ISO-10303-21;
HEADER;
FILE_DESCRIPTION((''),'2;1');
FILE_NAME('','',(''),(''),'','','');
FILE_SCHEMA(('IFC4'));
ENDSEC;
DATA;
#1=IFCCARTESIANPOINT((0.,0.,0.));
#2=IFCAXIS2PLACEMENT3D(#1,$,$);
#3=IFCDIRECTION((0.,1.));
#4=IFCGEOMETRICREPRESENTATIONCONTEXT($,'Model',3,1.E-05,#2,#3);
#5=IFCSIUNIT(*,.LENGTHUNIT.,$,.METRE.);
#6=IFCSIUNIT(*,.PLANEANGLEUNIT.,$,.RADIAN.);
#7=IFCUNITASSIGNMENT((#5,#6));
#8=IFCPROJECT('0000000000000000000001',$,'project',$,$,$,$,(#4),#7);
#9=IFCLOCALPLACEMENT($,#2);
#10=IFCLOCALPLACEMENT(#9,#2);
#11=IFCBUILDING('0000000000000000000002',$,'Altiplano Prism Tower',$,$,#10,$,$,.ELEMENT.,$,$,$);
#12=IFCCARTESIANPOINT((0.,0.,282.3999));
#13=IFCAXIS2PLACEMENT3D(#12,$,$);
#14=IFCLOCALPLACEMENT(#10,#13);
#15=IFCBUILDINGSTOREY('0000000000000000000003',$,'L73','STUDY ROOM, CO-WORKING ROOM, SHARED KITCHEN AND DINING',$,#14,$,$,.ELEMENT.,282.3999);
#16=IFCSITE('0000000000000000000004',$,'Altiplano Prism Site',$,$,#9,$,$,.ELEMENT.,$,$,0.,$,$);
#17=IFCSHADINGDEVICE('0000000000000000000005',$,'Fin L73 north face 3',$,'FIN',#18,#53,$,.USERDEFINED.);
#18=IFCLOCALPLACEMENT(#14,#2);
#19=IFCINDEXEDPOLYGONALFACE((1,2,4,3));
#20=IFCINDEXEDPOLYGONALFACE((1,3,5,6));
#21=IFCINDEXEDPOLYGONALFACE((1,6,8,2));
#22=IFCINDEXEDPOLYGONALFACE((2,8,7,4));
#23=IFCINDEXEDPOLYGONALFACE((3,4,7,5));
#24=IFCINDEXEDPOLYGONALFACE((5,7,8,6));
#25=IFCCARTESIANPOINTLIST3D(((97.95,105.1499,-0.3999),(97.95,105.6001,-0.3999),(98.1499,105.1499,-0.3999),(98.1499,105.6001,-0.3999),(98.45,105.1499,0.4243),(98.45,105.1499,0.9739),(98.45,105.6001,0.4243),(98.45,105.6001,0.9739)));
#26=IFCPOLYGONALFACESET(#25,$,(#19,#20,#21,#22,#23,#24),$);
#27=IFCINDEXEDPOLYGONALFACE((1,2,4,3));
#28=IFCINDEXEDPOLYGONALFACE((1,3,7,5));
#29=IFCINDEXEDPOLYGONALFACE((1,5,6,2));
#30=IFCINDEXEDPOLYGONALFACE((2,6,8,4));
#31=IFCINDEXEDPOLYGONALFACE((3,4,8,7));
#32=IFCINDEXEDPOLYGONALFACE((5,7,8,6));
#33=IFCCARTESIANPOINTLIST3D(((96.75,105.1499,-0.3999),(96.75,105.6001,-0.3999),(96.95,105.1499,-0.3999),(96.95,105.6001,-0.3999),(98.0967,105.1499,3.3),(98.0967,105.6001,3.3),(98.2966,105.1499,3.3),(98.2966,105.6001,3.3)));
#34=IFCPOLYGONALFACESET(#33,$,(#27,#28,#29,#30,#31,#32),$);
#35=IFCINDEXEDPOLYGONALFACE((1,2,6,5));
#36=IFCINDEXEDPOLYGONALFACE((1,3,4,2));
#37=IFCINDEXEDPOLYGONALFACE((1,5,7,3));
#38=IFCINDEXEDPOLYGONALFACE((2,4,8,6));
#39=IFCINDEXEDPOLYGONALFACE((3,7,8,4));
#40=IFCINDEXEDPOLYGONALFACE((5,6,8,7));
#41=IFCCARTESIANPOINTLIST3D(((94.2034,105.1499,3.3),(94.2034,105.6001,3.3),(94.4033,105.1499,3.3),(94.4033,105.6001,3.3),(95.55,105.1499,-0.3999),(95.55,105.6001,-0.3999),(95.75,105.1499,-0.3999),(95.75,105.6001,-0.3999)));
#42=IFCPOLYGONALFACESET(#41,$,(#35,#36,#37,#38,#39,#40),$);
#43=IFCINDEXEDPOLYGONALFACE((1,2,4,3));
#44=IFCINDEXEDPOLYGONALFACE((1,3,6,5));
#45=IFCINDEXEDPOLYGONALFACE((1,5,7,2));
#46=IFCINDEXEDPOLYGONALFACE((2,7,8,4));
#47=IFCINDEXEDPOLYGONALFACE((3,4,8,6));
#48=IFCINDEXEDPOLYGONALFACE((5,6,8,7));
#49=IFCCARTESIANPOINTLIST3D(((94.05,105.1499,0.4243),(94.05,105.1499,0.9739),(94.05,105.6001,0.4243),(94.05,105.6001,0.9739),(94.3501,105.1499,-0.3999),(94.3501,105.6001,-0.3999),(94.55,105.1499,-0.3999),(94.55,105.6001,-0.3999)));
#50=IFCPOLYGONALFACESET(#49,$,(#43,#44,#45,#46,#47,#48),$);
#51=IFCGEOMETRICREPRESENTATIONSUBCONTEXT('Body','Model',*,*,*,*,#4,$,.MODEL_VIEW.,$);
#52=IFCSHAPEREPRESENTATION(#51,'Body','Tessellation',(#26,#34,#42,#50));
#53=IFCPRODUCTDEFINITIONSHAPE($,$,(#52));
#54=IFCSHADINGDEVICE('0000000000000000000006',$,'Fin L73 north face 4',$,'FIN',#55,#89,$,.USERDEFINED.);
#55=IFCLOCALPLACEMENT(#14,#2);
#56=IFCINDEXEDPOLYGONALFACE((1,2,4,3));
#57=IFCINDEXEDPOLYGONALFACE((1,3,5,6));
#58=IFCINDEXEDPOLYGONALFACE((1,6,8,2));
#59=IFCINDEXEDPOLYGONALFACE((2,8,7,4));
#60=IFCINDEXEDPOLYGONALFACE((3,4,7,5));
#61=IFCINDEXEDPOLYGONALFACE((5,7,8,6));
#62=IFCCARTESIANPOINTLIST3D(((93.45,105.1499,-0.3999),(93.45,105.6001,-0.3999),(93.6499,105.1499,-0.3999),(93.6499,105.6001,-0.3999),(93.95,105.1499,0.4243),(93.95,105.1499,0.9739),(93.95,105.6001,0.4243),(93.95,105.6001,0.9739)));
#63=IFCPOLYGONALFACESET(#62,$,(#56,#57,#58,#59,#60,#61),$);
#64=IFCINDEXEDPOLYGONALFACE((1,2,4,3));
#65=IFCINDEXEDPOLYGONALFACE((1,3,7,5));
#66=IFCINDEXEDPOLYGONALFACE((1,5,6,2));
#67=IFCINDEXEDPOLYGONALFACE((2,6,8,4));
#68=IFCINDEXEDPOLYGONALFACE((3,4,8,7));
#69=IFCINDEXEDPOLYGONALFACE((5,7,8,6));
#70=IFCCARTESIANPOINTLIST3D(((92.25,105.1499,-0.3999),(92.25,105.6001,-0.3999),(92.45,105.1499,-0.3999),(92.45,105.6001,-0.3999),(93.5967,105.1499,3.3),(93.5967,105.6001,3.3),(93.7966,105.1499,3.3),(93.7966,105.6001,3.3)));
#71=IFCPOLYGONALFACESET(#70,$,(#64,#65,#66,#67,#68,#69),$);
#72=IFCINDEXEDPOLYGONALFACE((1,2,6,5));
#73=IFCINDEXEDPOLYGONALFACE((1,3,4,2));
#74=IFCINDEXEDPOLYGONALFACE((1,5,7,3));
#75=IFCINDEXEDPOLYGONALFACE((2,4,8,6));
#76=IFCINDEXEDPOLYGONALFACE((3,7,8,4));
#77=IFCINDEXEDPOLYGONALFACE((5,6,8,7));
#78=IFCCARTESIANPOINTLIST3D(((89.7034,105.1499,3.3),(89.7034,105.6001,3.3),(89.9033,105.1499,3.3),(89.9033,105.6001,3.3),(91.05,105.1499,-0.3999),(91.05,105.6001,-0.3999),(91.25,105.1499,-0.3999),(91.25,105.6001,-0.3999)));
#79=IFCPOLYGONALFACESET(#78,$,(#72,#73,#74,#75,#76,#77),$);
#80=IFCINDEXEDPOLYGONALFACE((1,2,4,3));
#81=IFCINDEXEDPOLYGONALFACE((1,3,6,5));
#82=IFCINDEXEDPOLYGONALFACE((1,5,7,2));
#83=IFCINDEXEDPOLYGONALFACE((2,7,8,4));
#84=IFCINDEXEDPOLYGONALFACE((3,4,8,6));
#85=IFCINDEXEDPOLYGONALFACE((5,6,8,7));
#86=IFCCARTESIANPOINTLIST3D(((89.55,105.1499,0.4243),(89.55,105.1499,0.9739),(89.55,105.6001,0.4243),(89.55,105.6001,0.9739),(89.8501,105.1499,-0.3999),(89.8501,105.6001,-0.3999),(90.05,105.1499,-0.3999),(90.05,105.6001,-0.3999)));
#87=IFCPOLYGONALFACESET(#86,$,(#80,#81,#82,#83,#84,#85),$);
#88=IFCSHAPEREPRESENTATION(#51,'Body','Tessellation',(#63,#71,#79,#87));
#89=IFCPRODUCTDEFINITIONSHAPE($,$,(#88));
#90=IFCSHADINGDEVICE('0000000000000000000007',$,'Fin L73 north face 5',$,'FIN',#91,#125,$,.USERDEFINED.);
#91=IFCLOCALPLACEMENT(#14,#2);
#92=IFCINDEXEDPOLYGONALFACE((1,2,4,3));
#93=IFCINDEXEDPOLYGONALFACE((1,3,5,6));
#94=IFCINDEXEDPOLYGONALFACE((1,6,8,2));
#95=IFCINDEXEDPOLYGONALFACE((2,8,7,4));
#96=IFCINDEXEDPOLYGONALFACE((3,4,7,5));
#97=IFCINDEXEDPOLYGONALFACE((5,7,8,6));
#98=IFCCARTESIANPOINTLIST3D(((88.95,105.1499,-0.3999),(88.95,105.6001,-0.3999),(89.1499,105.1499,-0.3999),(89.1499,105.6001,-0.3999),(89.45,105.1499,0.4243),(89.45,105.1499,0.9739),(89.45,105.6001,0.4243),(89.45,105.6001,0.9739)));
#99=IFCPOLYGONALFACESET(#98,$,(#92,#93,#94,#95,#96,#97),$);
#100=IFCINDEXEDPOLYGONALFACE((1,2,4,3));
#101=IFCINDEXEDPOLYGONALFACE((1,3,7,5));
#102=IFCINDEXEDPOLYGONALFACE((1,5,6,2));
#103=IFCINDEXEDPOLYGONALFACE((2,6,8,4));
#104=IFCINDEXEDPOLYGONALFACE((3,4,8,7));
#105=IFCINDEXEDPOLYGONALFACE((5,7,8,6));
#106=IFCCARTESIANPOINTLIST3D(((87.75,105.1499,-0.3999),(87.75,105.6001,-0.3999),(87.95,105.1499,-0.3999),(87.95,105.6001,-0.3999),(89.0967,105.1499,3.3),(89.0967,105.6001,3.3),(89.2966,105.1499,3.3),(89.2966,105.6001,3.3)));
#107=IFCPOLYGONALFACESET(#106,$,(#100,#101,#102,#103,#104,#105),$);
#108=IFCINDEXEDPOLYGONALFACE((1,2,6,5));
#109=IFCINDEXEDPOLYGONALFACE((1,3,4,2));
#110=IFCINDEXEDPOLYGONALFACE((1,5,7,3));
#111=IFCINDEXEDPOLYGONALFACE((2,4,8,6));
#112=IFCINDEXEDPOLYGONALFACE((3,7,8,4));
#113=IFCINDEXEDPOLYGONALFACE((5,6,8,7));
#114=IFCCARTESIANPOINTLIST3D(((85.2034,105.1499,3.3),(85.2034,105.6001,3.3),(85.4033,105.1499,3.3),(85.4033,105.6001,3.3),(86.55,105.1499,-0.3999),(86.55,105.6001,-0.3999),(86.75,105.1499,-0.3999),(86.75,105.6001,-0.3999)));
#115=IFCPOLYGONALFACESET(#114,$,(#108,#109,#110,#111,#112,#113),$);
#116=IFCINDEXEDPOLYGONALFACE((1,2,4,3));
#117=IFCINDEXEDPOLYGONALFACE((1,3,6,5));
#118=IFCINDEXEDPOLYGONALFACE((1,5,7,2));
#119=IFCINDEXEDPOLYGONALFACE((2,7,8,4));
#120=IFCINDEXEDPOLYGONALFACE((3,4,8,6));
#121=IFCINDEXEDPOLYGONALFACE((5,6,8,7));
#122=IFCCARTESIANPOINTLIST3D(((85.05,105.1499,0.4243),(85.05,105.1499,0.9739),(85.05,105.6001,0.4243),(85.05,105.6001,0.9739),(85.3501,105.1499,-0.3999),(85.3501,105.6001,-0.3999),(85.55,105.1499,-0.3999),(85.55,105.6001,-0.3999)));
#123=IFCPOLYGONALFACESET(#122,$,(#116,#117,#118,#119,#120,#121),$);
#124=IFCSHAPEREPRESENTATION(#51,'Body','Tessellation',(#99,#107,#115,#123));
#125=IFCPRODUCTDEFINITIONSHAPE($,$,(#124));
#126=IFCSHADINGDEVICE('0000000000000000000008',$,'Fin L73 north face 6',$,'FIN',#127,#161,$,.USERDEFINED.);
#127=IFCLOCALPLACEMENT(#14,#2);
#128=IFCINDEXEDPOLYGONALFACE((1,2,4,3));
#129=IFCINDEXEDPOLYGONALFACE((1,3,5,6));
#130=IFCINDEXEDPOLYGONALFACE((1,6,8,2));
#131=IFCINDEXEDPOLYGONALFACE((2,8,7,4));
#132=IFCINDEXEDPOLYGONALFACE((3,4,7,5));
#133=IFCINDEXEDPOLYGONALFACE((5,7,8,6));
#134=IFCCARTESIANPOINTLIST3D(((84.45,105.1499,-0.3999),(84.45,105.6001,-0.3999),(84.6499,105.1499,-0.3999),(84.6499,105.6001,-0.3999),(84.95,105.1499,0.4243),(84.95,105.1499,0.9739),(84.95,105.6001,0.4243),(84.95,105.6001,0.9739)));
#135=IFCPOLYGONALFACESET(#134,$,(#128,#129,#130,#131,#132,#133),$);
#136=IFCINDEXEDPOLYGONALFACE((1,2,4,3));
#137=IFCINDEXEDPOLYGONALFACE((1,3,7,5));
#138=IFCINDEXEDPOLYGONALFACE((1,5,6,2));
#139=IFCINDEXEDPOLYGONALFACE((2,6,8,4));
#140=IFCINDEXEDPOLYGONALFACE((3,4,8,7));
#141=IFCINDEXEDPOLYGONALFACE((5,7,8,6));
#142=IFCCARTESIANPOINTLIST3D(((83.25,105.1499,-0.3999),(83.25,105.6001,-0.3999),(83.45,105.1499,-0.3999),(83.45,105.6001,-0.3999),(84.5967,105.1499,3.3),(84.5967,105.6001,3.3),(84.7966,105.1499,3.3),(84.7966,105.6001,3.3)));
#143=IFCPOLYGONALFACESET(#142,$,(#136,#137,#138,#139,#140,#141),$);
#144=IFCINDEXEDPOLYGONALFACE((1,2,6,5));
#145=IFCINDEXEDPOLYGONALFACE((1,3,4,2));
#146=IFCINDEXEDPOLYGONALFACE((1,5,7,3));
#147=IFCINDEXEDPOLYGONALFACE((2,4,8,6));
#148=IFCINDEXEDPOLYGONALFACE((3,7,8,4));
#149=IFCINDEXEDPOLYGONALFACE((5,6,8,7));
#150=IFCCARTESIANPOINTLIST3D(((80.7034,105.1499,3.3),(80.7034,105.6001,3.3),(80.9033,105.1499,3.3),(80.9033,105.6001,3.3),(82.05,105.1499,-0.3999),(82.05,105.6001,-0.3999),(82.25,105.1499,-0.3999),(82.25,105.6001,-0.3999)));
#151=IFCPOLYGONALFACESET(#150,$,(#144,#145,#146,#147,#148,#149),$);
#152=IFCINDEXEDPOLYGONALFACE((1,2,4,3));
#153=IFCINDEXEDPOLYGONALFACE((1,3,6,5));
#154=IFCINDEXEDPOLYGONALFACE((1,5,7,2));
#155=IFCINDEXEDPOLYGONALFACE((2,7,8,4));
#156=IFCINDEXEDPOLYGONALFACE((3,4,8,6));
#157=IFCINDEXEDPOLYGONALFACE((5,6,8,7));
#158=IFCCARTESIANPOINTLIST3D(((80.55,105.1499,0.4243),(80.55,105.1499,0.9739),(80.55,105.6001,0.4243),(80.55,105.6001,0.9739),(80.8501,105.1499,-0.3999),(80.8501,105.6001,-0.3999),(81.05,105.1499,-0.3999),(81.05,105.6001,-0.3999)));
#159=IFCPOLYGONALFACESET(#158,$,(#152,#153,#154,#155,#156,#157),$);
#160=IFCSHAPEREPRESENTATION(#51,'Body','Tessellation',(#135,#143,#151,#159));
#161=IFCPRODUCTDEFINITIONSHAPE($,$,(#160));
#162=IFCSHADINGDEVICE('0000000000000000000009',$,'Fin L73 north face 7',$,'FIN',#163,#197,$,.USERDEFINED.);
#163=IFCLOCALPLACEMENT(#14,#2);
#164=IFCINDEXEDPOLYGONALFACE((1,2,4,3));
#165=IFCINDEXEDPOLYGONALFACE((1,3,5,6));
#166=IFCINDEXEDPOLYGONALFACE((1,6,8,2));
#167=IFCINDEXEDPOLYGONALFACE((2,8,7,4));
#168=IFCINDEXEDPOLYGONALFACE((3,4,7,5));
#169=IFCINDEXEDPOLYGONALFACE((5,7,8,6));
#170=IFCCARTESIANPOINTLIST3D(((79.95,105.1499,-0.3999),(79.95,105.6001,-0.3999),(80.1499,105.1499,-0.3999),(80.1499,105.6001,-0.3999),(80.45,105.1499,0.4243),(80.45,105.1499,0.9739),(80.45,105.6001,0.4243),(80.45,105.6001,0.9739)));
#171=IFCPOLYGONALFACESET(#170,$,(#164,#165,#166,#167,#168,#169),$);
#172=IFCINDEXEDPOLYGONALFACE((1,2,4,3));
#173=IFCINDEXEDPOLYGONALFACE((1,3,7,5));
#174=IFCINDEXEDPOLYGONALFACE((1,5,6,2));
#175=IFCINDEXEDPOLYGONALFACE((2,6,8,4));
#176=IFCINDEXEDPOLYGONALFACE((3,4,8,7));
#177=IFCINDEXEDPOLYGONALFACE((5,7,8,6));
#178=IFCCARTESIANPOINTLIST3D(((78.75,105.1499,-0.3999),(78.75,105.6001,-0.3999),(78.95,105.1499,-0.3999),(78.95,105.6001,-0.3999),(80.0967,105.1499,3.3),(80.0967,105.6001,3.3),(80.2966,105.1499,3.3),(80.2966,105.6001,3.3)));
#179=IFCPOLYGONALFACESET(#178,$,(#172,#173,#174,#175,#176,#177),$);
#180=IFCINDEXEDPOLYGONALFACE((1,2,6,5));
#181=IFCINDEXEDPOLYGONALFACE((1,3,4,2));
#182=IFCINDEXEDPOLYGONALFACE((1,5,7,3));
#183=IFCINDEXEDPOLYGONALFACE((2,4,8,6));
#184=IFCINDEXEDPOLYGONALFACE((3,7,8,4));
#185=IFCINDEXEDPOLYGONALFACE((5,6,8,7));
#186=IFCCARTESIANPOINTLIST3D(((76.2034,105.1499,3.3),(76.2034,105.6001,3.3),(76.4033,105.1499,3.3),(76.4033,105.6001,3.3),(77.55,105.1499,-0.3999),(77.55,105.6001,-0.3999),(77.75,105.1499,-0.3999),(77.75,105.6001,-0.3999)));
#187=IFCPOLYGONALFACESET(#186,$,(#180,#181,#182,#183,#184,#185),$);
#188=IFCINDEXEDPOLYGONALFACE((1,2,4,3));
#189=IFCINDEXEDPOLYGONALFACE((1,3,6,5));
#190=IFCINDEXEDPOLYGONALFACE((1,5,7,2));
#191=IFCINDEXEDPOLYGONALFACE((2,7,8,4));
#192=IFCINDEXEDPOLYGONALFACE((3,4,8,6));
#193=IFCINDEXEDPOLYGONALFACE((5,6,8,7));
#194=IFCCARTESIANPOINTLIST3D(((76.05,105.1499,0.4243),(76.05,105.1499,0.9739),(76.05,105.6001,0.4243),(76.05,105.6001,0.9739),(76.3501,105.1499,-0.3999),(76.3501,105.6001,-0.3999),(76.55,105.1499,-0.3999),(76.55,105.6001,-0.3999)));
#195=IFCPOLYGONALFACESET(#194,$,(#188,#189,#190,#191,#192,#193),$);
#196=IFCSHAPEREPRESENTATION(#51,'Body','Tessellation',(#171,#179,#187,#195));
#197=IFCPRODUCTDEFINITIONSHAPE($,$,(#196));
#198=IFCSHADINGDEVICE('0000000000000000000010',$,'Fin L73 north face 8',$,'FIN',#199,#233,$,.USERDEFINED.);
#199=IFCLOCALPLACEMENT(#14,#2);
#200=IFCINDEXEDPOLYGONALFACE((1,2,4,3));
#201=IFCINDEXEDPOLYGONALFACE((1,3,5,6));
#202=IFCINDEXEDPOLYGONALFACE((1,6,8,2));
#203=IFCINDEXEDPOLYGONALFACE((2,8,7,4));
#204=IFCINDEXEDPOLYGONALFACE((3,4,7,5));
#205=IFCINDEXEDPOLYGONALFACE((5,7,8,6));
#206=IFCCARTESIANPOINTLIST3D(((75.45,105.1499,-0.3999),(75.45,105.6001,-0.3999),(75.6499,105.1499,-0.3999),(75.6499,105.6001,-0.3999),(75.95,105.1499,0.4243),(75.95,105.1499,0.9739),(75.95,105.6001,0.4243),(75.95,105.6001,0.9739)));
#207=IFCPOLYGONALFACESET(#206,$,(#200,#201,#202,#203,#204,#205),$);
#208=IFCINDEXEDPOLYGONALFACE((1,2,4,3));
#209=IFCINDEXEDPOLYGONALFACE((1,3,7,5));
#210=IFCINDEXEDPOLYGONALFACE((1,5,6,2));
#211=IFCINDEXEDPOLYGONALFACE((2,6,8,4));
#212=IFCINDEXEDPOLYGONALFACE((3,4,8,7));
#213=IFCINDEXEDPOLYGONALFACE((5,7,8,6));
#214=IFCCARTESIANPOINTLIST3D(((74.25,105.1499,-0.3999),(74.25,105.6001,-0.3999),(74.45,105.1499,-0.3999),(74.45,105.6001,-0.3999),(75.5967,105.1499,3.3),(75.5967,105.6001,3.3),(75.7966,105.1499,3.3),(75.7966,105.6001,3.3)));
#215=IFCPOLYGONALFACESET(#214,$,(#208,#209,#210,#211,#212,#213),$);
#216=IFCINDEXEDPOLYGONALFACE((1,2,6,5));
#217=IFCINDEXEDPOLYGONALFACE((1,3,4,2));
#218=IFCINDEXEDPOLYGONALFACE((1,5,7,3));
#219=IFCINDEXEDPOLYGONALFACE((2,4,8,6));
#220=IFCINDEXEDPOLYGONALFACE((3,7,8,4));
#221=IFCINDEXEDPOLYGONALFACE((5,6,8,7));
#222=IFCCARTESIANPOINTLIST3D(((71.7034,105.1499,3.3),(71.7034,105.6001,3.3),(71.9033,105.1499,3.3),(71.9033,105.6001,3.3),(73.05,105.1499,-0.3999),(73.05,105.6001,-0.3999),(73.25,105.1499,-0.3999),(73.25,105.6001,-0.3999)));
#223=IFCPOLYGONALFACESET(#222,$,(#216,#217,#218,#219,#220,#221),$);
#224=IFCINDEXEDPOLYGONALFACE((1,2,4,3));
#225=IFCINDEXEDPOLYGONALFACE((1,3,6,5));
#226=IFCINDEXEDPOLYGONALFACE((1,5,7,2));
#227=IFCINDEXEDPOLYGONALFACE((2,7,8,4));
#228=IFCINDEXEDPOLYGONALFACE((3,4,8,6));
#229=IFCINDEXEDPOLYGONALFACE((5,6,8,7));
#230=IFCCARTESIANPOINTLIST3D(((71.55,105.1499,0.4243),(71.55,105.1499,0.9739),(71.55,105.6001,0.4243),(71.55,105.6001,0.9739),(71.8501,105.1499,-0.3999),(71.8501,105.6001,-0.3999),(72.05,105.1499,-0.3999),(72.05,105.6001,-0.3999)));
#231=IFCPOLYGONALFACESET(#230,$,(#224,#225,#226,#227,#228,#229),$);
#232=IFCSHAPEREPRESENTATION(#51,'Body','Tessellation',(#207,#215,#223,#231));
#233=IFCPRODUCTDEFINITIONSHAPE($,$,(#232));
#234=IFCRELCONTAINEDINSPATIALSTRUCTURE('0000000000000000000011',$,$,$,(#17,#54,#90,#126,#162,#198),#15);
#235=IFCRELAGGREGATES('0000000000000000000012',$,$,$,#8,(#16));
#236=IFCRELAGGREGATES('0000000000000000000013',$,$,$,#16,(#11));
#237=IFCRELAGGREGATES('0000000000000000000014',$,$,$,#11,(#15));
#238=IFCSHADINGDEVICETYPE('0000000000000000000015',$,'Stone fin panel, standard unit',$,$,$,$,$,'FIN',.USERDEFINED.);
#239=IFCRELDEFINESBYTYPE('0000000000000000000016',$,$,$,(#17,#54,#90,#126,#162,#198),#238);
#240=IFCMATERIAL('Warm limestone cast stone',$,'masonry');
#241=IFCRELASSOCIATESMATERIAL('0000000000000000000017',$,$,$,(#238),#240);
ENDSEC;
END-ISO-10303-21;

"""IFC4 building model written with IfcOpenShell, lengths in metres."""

from ifc_helpers import new_model, si_unit, direction, frame, origin, place, context, subcontext, project, spatial, polyline, outline, extrude, source, transform, mapped, material, type_object, element, save


model = new_model("IFC4")

# Units and contexts
model_context = context("Model", 3, precision=1e-05, world=origin(), true_north=direction((0.0, 1.0)))
body_context = subcontext(model_context, "Body", "Model", "MODEL_VIEW")
ifc_project = project(units=[si_unit("LENGTHUNIT", "METRE"), si_unit("PLANEANGLEUNIT", "RADIAN")], contexts=[model_context])

# Site, building, storey
site_placement = place(None, origin())
site = spatial("IfcSite", under=ifc_project, at=site_placement, Name="Altiplano Prism Site", CompositionType="ELEMENT", RefElevation=0.0)
building_placement = place(site_placement, origin())
building = spatial("IfcBuilding", under=site, at=building_placement, Name="Altiplano Prism Tower", CompositionType="ELEMENT")
storey_placement = place(building_placement, frame((0.0, 0.0, 282.3999)))
storey = spatial("IfcBuildingStorey", under=building, at=storey_placement, Name="L73", Description="STUDY ROOM, CO-WORKING ROOM, SHARED KITCHEN AND DINING", CompositionType="ELEMENT", Elevation=282.3999)

# Shading devices
ifc_material_1 = material(Name="Warm limestone cast stone", Category="masonry")
shading_device_type_1 = type_object("IfcShadingDeviceType", Name="Stone fin panel, standard unit", ElementType="FIN", PredefinedType="USERDEFINED", material=ifc_material_1)
shared_shape_1 = source(origin(), body_context, "Body", "SweptSolid", [
    extrude(outline(polyline([(-2.2, 1.3738), (-2.2, 0.8242), (-1.8999, 0.0), (-1.7, 0.0), (-2.2, 1.3738)])), frame((0.0, -0.1499, 0.0), z_axis=(0.0, -1.0, 0.0), x_axis=(1.0, 0.0, 0.0)), (0.0, 0.0, 1.0), 0.4502),
    extrude(outline(polyline([(-2.0466, 3.7), (-0.7, 0.0), (-0.5, 0.0), (-1.8467, 3.7), (-2.0466, 3.7)])), frame((0.0, -0.1499, 0.0), z_axis=(0.0, -1.0, 0.0), x_axis=(1.0, 0.0, 0.0)), (0.0, 0.0, 1.0), 0.4502),
    extrude(outline(polyline([(1.8467, 3.7), (0.5, 0.0), (0.7, 0.0), (2.0466, 3.7), (1.8467, 3.7)])), frame((0.0, -0.1499, 0.0), z_axis=(0.0, -1.0, 0.0), x_axis=(1.0, 0.0, 0.0)), (0.0, 0.0, 1.0), 0.4502),
    extrude(outline(polyline([(2.2, 0.8242), (2.2, 1.3738), (1.7, 0.0), (1.8999, 0.0), (2.2, 0.8242)])), frame((0.0, -0.1499, 0.0), z_axis=(0.0, -1.0, 0.0), x_axis=(1.0, 0.0, 0.0)), (0.0, 0.0, 1.0), 0.4502),
])
shading_device_1_placement = place(storey_placement, origin())
element("IfcShadingDevice", 1, at=shading_device_1_placement, inside=storey, type_object=shading_device_type_1, Name="Fin L73 north face 3", ObjectType="FIN", PredefinedType="USERDEFINED", context=body_context, shape_type="MappedRepresentation", body=[
    mapped(shared_shape_1, transform((96.25, 105.0, -0.3999), x_axis=(-1.0, 0.0, 0.0), y_axis=(0.0, -1.0, 0.0), z_axis=(0.0, 0.0, 1.0))),
])
shading_device_2_placement = place(storey_placement, origin())
element("IfcShadingDevice", 2, at=shading_device_2_placement, inside=storey, type_object=shading_device_type_1, Name="Fin L73 north face 4", ObjectType="FIN", PredefinedType="USERDEFINED", context=body_context, shape_type="MappedRepresentation", body=[
    mapped(shared_shape_1, transform((91.75, 105.0, -0.3999), x_axis=(-1.0, 0.0, 0.0), y_axis=(0.0, -1.0, 0.0), z_axis=(0.0, 0.0, 1.0))),
])
shading_device_3_placement = place(storey_placement, origin())
element("IfcShadingDevice", 3, at=shading_device_3_placement, inside=storey, type_object=shading_device_type_1, Name="Fin L73 north face 5", ObjectType="FIN", PredefinedType="USERDEFINED", context=body_context, shape_type="MappedRepresentation", body=[
    mapped(shared_shape_1, transform((87.25, 105.0, -0.3999), x_axis=(-1.0, 0.0, 0.0), y_axis=(0.0, -1.0, 0.0), z_axis=(0.0, 0.0, 1.0))),
])
shading_device_4_placement = place(storey_placement, origin())
element("IfcShadingDevice", 4, at=shading_device_4_placement, inside=storey, type_object=shading_device_type_1, Name="Fin L73 north face 6", ObjectType="FIN", PredefinedType="USERDEFINED", context=body_context, shape_type="MappedRepresentation", body=[
    mapped(shared_shape_1, transform((82.75, 105.0, -0.3999), x_axis=(-1.0, 0.0, 0.0), y_axis=(0.0, -1.0, 0.0), z_axis=(0.0, 0.0, 1.0))),
])
shading_device_5_placement = place(storey_placement, origin())
element("IfcShadingDevice", 5, at=shading_device_5_placement, inside=storey, type_object=shading_device_type_1, Name="Fin L73 north face 7", ObjectType="FIN", PredefinedType="USERDEFINED", context=body_context, shape_type="MappedRepresentation", body=[
    mapped(shared_shape_1, transform((78.25, 105.0, -0.3999), x_axis=(-1.0, 0.0, 0.0), y_axis=(0.0, -1.0, 0.0), z_axis=(0.0, 0.0, 1.0))),
])
shading_device_6_placement = place(storey_placement, origin())
element("IfcShadingDevice", 6, at=shading_device_6_placement, inside=storey, type_object=shading_device_type_1, Name="Fin L73 north face 8", ObjectType="FIN", PredefinedType="USERDEFINED", context=body_context, shape_type="MappedRepresentation", body=[
    mapped(shared_shape_1, transform((73.75, 105.0, -0.3999), x_axis=(-1.0, 0.0, 0.0), y_axis=(0.0, -1.0, 0.0), z_axis=(0.0, 0.0, 1.0))),
])

save(model, "model.ifc")
